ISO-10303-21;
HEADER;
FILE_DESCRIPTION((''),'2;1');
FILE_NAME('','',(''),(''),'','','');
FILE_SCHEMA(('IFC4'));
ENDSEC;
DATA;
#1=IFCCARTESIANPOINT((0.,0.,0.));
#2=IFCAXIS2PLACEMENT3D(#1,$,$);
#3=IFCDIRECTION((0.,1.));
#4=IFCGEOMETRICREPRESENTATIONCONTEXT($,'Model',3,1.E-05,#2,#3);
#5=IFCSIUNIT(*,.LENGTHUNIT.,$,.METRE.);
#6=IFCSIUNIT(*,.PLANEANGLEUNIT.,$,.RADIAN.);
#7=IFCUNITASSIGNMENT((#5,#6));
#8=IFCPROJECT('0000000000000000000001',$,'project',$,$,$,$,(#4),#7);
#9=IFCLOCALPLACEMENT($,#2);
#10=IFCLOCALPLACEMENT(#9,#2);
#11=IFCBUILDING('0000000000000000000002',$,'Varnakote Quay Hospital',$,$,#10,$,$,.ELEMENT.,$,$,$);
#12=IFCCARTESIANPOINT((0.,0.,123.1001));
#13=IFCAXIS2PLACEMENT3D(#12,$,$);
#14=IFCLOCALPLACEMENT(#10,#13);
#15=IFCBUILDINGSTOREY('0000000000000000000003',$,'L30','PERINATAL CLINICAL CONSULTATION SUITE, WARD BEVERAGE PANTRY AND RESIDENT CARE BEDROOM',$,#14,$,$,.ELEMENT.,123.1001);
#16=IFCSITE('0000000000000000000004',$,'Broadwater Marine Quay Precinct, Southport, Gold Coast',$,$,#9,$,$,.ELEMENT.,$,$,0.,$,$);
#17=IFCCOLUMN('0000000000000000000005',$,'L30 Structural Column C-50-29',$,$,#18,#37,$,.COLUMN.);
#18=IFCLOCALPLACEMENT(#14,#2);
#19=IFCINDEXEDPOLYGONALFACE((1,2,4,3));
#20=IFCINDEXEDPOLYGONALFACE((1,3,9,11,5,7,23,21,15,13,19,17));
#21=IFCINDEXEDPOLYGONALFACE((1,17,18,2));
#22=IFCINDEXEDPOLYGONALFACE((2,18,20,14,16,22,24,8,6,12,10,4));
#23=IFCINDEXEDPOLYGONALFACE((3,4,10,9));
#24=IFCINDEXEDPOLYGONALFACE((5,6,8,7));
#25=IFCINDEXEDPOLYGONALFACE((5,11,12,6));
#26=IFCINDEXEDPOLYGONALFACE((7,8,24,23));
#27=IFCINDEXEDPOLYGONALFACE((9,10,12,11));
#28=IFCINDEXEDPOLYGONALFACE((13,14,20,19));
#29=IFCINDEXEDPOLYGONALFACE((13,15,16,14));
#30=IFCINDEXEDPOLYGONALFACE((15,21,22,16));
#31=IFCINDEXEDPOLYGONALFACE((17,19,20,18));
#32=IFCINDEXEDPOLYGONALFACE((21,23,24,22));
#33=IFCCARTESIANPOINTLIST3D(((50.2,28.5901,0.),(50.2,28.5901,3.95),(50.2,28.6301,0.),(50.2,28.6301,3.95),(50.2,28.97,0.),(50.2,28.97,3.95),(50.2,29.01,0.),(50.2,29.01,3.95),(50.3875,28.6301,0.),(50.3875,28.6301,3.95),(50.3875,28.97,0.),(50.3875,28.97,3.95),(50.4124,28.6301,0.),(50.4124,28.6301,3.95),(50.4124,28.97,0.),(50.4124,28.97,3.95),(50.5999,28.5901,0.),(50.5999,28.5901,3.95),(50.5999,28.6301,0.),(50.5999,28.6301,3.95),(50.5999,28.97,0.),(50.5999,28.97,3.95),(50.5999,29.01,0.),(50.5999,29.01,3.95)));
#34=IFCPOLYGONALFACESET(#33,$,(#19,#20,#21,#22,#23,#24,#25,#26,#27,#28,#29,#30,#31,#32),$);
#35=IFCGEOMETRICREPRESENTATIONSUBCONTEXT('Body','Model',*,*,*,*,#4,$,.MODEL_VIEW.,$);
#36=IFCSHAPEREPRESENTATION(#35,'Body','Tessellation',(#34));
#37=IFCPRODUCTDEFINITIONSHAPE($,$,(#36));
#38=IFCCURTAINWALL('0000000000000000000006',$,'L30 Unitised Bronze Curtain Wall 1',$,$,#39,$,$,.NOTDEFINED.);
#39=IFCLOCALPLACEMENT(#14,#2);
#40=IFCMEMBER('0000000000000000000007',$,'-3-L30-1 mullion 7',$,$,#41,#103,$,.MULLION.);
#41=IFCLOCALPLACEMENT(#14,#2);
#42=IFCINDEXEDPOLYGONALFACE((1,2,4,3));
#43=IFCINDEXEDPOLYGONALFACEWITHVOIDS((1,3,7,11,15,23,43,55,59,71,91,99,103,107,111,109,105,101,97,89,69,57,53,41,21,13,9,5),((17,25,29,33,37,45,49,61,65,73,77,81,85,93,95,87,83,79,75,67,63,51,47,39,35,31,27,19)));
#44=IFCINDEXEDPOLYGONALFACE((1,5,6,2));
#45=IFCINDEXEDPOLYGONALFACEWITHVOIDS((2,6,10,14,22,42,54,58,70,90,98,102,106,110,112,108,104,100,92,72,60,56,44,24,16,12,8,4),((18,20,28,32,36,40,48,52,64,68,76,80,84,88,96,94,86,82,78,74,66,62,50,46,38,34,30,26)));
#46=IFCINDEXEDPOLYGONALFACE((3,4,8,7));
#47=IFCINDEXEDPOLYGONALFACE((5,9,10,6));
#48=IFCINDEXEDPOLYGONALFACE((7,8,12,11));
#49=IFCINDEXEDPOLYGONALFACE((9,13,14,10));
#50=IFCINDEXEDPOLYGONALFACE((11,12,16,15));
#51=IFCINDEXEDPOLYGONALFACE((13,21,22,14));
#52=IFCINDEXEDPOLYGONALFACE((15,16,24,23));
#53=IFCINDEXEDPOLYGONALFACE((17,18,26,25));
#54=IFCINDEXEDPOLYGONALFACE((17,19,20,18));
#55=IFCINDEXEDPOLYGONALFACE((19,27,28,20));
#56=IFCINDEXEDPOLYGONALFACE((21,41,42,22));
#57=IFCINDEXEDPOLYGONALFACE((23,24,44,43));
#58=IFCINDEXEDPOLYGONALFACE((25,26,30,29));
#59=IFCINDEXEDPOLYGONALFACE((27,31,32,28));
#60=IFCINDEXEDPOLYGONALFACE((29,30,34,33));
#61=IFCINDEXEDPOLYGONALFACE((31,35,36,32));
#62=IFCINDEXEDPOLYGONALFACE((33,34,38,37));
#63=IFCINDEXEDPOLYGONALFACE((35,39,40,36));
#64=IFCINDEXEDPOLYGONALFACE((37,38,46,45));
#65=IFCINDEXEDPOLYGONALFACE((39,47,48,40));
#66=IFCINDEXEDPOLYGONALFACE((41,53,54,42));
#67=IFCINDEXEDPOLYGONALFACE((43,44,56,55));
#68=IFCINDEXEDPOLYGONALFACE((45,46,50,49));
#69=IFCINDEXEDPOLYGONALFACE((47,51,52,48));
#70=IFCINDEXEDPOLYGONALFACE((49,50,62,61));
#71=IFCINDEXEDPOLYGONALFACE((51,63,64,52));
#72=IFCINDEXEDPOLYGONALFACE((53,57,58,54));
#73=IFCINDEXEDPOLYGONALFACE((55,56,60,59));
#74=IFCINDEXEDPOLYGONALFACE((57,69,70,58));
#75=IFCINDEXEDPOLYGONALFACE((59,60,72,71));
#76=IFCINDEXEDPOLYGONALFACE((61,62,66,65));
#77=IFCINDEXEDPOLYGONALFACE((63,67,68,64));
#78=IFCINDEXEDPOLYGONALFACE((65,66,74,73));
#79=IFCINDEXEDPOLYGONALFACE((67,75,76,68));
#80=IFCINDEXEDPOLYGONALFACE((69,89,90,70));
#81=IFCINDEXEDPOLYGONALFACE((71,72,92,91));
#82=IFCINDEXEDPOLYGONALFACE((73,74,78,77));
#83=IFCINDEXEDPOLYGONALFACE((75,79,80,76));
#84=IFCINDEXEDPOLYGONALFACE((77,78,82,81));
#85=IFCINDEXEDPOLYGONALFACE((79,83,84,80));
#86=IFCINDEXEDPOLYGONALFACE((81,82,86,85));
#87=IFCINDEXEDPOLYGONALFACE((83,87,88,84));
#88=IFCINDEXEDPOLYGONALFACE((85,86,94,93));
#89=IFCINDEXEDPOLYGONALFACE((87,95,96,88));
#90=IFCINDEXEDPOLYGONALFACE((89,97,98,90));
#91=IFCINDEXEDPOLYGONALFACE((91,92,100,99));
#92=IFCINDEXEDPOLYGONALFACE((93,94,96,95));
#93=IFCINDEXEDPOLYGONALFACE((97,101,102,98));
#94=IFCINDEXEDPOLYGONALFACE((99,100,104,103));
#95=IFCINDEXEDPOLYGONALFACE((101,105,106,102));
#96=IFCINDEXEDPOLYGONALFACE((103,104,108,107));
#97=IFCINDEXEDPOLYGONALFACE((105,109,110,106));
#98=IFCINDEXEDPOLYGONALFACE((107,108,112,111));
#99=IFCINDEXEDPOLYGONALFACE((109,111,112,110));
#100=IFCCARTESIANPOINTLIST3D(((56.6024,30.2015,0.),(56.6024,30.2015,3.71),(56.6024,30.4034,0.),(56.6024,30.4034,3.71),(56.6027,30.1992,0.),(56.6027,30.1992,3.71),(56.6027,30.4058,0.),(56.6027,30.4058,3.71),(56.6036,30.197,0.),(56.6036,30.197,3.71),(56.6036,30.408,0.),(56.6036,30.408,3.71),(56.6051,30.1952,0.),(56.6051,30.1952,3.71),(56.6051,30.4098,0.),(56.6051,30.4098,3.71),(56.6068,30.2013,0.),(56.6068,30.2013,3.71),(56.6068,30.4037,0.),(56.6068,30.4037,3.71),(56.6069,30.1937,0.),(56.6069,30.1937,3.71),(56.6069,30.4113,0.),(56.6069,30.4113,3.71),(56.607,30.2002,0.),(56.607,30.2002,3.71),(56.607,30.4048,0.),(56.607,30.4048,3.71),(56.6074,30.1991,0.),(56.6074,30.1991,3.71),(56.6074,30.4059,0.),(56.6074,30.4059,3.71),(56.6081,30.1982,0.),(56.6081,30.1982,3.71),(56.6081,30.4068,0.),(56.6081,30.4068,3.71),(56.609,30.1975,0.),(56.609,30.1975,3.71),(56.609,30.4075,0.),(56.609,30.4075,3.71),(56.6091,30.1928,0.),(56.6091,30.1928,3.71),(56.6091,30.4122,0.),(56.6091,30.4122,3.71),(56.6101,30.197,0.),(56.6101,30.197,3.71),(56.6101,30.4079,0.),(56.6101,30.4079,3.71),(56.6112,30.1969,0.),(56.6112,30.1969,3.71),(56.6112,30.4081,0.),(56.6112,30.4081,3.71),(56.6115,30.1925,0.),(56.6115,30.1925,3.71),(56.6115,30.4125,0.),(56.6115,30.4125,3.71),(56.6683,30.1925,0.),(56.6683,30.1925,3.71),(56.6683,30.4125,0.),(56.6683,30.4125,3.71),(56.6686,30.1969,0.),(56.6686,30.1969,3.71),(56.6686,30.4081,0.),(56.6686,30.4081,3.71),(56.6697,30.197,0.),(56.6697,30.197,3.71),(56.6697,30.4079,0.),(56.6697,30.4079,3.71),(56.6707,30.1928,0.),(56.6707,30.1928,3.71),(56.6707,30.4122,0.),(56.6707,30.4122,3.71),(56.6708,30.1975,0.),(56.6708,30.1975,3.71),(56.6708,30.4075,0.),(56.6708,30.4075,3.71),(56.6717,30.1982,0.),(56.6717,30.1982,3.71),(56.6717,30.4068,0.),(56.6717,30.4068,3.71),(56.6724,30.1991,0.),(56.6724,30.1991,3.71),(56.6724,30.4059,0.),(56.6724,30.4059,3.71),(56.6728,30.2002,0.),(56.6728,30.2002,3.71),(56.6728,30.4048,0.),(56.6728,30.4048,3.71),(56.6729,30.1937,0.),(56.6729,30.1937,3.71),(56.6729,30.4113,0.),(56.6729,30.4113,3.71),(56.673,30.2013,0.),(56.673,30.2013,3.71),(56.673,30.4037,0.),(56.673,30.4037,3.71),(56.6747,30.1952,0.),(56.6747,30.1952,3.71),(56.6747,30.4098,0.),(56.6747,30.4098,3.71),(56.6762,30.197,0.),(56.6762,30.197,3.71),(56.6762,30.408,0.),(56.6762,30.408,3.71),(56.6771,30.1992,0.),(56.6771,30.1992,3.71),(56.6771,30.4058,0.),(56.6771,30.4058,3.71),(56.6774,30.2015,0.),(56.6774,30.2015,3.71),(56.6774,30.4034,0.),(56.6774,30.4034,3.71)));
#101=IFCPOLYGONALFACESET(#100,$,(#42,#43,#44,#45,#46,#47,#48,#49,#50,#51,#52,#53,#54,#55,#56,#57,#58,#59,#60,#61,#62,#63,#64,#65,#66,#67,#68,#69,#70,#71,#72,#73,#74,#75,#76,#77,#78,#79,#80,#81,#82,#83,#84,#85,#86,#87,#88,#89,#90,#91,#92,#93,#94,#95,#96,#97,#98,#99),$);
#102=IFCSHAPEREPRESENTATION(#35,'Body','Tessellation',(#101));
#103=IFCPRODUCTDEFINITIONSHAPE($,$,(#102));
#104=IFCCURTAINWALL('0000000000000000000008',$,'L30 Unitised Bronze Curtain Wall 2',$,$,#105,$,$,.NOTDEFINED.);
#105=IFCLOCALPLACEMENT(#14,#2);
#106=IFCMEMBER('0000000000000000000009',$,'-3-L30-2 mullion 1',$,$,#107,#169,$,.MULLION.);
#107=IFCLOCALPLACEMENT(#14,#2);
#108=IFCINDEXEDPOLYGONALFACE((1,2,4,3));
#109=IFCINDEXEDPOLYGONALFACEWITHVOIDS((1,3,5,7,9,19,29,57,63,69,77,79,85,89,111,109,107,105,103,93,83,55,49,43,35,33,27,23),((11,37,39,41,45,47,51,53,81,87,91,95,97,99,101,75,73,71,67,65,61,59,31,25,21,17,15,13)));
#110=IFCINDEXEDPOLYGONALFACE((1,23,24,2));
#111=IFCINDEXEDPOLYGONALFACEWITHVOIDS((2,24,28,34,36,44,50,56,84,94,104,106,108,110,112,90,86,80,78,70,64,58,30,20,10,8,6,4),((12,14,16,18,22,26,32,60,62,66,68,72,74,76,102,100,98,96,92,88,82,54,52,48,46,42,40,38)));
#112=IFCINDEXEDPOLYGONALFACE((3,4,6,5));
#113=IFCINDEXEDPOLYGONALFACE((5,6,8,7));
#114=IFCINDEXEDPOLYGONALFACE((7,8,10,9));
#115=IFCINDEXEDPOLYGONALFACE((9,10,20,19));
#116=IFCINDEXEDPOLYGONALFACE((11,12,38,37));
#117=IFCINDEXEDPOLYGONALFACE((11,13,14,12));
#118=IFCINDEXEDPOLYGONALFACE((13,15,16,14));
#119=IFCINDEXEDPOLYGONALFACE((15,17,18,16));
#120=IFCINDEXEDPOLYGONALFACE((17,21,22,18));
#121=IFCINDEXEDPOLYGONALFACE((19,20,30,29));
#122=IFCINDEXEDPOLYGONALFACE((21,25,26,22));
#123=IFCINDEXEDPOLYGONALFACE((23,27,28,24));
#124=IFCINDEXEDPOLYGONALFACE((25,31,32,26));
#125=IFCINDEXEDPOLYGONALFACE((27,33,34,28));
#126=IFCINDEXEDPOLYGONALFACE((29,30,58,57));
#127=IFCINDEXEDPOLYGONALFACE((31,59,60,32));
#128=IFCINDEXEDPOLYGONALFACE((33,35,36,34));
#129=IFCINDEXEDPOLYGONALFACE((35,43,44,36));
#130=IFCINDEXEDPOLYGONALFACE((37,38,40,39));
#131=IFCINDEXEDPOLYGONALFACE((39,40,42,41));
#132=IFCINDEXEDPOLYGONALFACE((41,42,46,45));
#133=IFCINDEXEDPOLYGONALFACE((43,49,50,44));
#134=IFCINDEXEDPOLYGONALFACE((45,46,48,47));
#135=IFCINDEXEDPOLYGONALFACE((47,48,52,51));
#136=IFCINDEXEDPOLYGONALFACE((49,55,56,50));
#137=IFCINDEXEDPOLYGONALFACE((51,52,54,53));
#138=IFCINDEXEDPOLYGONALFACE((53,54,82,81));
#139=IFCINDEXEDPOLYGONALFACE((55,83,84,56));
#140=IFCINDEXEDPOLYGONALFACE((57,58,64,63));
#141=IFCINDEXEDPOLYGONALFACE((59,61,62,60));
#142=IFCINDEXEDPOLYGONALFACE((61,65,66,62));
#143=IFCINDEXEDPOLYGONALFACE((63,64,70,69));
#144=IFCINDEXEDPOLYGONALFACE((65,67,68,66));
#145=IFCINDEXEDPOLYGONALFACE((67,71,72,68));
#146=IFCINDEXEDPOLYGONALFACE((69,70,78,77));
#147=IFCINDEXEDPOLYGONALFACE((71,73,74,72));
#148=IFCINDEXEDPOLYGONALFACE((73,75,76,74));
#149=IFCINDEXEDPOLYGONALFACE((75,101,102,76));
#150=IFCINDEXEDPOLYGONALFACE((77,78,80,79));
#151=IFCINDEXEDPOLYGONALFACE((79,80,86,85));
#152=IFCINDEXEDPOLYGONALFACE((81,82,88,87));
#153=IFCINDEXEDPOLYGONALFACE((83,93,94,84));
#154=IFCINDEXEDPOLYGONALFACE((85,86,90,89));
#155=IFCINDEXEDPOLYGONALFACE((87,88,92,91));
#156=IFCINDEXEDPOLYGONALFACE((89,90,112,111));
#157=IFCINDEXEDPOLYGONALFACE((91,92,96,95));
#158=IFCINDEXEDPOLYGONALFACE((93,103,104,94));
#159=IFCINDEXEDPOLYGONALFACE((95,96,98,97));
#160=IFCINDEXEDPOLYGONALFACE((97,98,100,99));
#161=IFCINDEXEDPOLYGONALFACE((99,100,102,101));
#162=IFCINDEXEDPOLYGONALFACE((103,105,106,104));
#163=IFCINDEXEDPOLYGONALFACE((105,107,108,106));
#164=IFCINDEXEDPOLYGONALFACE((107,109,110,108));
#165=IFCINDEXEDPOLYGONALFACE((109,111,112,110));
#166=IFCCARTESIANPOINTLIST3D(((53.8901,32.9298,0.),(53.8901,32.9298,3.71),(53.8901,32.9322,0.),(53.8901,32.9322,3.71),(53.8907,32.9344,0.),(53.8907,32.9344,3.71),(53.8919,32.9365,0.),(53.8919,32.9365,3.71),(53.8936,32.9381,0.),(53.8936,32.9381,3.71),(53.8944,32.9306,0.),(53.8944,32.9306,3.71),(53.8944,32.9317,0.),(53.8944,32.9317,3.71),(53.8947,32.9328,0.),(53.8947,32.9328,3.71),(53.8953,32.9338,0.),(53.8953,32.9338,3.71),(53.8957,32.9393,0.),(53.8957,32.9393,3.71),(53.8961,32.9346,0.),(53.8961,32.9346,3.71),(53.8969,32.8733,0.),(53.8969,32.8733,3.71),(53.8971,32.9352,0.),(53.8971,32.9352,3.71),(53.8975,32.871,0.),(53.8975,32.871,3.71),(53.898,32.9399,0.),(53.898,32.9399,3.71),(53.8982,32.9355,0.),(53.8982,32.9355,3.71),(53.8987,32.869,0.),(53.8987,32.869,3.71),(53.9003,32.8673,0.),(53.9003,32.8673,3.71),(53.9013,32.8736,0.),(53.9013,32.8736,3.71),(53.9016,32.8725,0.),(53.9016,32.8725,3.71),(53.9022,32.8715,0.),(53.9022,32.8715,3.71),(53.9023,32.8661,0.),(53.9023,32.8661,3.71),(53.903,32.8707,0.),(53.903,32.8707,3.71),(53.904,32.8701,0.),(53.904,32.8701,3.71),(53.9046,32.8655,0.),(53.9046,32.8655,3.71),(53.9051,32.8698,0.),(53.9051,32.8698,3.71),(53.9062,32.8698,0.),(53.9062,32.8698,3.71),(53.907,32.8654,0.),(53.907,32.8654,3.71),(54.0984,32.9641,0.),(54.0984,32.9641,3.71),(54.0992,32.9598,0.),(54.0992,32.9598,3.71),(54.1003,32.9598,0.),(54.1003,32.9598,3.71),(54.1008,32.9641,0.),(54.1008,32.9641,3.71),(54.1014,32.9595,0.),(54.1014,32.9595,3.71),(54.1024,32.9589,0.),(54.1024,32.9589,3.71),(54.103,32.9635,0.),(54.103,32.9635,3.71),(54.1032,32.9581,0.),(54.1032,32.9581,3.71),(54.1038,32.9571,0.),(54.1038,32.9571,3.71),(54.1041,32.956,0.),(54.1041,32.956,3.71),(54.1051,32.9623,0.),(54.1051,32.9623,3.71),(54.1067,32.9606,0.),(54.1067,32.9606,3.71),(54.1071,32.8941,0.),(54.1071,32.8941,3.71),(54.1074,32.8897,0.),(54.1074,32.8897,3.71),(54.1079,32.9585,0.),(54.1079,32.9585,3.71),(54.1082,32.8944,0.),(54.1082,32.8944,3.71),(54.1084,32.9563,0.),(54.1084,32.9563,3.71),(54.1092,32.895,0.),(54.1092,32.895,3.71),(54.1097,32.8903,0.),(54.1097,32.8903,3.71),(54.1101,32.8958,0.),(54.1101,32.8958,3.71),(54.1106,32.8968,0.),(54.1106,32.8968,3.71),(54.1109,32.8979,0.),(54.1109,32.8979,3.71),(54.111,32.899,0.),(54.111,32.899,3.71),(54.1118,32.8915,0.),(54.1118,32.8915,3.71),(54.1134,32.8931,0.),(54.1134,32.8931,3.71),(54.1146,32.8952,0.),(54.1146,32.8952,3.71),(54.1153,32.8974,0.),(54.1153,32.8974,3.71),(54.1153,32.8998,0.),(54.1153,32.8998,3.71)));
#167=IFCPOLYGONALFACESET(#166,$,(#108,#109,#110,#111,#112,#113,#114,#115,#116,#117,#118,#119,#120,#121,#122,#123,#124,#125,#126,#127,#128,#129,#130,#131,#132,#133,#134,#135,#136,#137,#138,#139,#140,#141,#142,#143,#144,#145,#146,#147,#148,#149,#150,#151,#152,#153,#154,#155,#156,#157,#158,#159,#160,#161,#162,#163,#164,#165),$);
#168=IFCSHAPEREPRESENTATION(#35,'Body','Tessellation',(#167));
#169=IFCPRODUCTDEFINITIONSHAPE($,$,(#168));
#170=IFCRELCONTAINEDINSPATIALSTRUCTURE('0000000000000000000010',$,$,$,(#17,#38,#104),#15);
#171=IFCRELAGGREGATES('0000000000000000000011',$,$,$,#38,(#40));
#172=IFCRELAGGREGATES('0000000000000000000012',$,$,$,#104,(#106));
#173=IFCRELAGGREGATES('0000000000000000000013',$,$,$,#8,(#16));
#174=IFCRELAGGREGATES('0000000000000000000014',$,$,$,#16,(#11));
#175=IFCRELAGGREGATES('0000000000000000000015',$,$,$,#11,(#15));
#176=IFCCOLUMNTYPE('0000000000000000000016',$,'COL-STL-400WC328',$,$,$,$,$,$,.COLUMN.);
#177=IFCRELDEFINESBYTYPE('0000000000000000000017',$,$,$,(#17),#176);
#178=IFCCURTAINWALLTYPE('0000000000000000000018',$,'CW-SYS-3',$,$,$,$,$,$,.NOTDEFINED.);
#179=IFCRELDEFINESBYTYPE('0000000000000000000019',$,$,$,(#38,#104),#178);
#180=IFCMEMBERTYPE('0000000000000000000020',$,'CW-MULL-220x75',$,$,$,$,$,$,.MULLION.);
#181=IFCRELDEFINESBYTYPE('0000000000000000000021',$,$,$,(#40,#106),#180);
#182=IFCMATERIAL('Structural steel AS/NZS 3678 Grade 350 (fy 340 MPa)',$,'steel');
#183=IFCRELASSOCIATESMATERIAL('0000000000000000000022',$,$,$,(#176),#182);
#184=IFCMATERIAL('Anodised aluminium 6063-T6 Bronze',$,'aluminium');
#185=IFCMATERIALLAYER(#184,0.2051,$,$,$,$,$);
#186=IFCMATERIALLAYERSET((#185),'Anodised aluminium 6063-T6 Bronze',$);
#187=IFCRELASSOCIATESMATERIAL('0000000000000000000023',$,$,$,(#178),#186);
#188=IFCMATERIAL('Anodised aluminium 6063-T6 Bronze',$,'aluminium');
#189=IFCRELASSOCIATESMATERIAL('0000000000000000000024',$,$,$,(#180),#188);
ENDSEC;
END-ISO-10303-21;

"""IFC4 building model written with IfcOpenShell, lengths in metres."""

from ifc_helpers import new_model, si_unit, direction, frame, origin, origin_2d, place, context, subcontext, project, spatial, hollow_rectangle, i_section, extrude, material, layer, layer_set, material_profile, profile_set, type_object, element, aggregate, save


model = new_model("IFC4")

# Units and contexts
model_context = context("Model", 3, precision=1e-05, world=origin(), true_north=direction((0.0, 1.0)))
body_context = subcontext(model_context, "Body", "Model", "MODEL_VIEW")
ifc_project = project(units=[si_unit("LENGTHUNIT", "METRE"), si_unit("PLANEANGLEUNIT", "RADIAN")], contexts=[model_context])

# Site, building, storey
site_placement = place(None, origin())
site = spatial("IfcSite", under=ifc_project, at=site_placement, Name="Broadwater Marine Quay Precinct, Southport, Gold Coast", CompositionType="ELEMENT", RefElevation=0.0)
building_placement = place(site_placement, origin())
building = spatial("IfcBuilding", under=site, at=building_placement, Name="Varnakote Quay Hospital", CompositionType="ELEMENT")
storey_placement = place(building_placement, frame((0.0, 0.0, 123.1001)))
storey = spatial("IfcBuildingStorey", under=building, at=storey_placement, Name="L30", Description="PERINATAL CLINICAL CONSULTATION SUITE, WARD BEVERAGE PANTRY AND RESIDENT CARE BEDROOM", CompositionType="ELEMENT", Elevation=123.1001)

# Column
ifc_material_1 = material(Name="Structural steel AS/NZS 3678 Grade 350 (fy 340 MPa)", Category="steel")
ifc_material_profile_1 = material_profile(ifc_material_1, i_section(OverallWidth=0.3999, OverallDepth=0.4199, WebThickness=0.0249, FlangeThickness=0.04, at=origin_2d()), Name="400WC328")
ifc_profile_set_1 = profile_set([ifc_material_profile_1], Name="Structural steel AS/NZS 3678 Grade 350 (fy 340 MPa)")
column_type = type_object("IfcColumnType", Name="COL-STL-400WC328", PredefinedType="COLUMN", material=ifc_profile_set_1)
column_placement = place(storey_placement, frame((50.3999, 28.8, 0.0), z_axis=(0.0, 0.0, 1.0), x_axis=(1.0, 0.0, 0.0)))
element("IfcColumn", 1, at=column_placement, inside=storey, type_object=column_type, Name="L30 Structural Column C-50-29", PredefinedType="COLUMN", context=body_context, shape_type="SweptSolid", body=[
    extrude(i_section(OverallWidth=0.3999, OverallDepth=0.4199, WebThickness=0.0249, FlangeThickness=0.04, at=origin_2d()), origin(), (0.0, 0.0, 1.0), 3.95),
])

# Curtain wall, member
ifc_material_2 = material(Name="Anodised aluminium 6063-T6 Bronze", Category="aluminium")
ifc_layer_1 = layer(ifc_material_2, 0.2051)
ifc_layer_set_1 = layer_set([ifc_layer_1], Name="Anodised aluminium 6063-T6 Bronze")
curtain_wall_type = type_object("IfcCurtainWallType", Name="CW-SYS-3", PredefinedType="NOTDEFINED", material=ifc_layer_set_1)
curtain_wall_1_placement = place(storey_placement, origin())
curtain_wall_1 = element("IfcCurtainWall", 2, at=curtain_wall_1_placement, inside=storey, type_object=curtain_wall_type, Name="L30 Unitised Bronze Curtain Wall 1", PredefinedType="NOTDEFINED")
ifc_material_3 = material(Name="Anodised aluminium 6063-T6 Bronze", Category="aluminium")
ifc_material_profile_2 = material_profile(ifc_material_3, hollow_rectangle(XDim=0.075, YDim=0.22, WallThickness=0.0044, InnerFilletRadius=0.0044, OuterFilletRadius=0.009, at=origin_2d()), Name="CW-MULL-220x75")
ifc_profile_set_2 = profile_set([ifc_material_profile_2], Name="Anodised aluminium 6063-T6 Bronze")
member_type_1 = type_object("IfcMemberType", Name="CW-MULL-220x75", PredefinedType="MULLION", material=ifc_profile_set_2)
member_1_placement = place(storey_placement, frame((56.6399, 30.3025, 0.0), z_axis=(0.0, 0.0, 1.0), x_axis=(-1.0, 0.0, 0.0)))
member_1 = element("IfcMember", 3, at=member_1_placement, type_object=member_type_1, Name="-3-L30-1 mullion 7", PredefinedType="MULLION", context=body_context, shape_type="SweptSolid", body=[
    extrude(hollow_rectangle(XDim=0.075, YDim=0.22, WallThickness=0.0044, InnerFilletRadius=0.0044, OuterFilletRadius=0.009, at=origin_2d()), origin(), (0.0, 0.0, 1.0), 3.71),
])

# Curtain wall, member
curtain_wall_2_placement = place(storey_placement, origin())
curtain_wall_2 = element("IfcCurtainWall", 4, at=curtain_wall_2_placement, inside=storey, type_object=curtain_wall_type, Name="L30 Unitised Bronze Curtain Wall 2", PredefinedType="NOTDEFINED")
member_2_placement = place(storey_placement, frame((54.0027, 32.9148, 0.0), z_axis=(0.0, 0.0, 1.0), x_axis=(0.120327, -0.992734, 0.0)))
member_2 = element("IfcMember", 5, at=member_2_placement, type_object=member_type_1, Name="-3-L30-2 mullion 1", PredefinedType="MULLION", context=body_context, shape_type="SweptSolid", body=[
    extrude(hollow_rectangle(XDim=0.075, YDim=0.22, WallThickness=0.0044, InnerFilletRadius=0.0044, OuterFilletRadius=0.009, at=origin_2d()), origin(), (0.0, 0.0, 1.0), 3.71),
])

aggregate(curtain_wall_1, [member_1])
aggregate(curtain_wall_2, [member_2])

save(model, "model.ifc")
